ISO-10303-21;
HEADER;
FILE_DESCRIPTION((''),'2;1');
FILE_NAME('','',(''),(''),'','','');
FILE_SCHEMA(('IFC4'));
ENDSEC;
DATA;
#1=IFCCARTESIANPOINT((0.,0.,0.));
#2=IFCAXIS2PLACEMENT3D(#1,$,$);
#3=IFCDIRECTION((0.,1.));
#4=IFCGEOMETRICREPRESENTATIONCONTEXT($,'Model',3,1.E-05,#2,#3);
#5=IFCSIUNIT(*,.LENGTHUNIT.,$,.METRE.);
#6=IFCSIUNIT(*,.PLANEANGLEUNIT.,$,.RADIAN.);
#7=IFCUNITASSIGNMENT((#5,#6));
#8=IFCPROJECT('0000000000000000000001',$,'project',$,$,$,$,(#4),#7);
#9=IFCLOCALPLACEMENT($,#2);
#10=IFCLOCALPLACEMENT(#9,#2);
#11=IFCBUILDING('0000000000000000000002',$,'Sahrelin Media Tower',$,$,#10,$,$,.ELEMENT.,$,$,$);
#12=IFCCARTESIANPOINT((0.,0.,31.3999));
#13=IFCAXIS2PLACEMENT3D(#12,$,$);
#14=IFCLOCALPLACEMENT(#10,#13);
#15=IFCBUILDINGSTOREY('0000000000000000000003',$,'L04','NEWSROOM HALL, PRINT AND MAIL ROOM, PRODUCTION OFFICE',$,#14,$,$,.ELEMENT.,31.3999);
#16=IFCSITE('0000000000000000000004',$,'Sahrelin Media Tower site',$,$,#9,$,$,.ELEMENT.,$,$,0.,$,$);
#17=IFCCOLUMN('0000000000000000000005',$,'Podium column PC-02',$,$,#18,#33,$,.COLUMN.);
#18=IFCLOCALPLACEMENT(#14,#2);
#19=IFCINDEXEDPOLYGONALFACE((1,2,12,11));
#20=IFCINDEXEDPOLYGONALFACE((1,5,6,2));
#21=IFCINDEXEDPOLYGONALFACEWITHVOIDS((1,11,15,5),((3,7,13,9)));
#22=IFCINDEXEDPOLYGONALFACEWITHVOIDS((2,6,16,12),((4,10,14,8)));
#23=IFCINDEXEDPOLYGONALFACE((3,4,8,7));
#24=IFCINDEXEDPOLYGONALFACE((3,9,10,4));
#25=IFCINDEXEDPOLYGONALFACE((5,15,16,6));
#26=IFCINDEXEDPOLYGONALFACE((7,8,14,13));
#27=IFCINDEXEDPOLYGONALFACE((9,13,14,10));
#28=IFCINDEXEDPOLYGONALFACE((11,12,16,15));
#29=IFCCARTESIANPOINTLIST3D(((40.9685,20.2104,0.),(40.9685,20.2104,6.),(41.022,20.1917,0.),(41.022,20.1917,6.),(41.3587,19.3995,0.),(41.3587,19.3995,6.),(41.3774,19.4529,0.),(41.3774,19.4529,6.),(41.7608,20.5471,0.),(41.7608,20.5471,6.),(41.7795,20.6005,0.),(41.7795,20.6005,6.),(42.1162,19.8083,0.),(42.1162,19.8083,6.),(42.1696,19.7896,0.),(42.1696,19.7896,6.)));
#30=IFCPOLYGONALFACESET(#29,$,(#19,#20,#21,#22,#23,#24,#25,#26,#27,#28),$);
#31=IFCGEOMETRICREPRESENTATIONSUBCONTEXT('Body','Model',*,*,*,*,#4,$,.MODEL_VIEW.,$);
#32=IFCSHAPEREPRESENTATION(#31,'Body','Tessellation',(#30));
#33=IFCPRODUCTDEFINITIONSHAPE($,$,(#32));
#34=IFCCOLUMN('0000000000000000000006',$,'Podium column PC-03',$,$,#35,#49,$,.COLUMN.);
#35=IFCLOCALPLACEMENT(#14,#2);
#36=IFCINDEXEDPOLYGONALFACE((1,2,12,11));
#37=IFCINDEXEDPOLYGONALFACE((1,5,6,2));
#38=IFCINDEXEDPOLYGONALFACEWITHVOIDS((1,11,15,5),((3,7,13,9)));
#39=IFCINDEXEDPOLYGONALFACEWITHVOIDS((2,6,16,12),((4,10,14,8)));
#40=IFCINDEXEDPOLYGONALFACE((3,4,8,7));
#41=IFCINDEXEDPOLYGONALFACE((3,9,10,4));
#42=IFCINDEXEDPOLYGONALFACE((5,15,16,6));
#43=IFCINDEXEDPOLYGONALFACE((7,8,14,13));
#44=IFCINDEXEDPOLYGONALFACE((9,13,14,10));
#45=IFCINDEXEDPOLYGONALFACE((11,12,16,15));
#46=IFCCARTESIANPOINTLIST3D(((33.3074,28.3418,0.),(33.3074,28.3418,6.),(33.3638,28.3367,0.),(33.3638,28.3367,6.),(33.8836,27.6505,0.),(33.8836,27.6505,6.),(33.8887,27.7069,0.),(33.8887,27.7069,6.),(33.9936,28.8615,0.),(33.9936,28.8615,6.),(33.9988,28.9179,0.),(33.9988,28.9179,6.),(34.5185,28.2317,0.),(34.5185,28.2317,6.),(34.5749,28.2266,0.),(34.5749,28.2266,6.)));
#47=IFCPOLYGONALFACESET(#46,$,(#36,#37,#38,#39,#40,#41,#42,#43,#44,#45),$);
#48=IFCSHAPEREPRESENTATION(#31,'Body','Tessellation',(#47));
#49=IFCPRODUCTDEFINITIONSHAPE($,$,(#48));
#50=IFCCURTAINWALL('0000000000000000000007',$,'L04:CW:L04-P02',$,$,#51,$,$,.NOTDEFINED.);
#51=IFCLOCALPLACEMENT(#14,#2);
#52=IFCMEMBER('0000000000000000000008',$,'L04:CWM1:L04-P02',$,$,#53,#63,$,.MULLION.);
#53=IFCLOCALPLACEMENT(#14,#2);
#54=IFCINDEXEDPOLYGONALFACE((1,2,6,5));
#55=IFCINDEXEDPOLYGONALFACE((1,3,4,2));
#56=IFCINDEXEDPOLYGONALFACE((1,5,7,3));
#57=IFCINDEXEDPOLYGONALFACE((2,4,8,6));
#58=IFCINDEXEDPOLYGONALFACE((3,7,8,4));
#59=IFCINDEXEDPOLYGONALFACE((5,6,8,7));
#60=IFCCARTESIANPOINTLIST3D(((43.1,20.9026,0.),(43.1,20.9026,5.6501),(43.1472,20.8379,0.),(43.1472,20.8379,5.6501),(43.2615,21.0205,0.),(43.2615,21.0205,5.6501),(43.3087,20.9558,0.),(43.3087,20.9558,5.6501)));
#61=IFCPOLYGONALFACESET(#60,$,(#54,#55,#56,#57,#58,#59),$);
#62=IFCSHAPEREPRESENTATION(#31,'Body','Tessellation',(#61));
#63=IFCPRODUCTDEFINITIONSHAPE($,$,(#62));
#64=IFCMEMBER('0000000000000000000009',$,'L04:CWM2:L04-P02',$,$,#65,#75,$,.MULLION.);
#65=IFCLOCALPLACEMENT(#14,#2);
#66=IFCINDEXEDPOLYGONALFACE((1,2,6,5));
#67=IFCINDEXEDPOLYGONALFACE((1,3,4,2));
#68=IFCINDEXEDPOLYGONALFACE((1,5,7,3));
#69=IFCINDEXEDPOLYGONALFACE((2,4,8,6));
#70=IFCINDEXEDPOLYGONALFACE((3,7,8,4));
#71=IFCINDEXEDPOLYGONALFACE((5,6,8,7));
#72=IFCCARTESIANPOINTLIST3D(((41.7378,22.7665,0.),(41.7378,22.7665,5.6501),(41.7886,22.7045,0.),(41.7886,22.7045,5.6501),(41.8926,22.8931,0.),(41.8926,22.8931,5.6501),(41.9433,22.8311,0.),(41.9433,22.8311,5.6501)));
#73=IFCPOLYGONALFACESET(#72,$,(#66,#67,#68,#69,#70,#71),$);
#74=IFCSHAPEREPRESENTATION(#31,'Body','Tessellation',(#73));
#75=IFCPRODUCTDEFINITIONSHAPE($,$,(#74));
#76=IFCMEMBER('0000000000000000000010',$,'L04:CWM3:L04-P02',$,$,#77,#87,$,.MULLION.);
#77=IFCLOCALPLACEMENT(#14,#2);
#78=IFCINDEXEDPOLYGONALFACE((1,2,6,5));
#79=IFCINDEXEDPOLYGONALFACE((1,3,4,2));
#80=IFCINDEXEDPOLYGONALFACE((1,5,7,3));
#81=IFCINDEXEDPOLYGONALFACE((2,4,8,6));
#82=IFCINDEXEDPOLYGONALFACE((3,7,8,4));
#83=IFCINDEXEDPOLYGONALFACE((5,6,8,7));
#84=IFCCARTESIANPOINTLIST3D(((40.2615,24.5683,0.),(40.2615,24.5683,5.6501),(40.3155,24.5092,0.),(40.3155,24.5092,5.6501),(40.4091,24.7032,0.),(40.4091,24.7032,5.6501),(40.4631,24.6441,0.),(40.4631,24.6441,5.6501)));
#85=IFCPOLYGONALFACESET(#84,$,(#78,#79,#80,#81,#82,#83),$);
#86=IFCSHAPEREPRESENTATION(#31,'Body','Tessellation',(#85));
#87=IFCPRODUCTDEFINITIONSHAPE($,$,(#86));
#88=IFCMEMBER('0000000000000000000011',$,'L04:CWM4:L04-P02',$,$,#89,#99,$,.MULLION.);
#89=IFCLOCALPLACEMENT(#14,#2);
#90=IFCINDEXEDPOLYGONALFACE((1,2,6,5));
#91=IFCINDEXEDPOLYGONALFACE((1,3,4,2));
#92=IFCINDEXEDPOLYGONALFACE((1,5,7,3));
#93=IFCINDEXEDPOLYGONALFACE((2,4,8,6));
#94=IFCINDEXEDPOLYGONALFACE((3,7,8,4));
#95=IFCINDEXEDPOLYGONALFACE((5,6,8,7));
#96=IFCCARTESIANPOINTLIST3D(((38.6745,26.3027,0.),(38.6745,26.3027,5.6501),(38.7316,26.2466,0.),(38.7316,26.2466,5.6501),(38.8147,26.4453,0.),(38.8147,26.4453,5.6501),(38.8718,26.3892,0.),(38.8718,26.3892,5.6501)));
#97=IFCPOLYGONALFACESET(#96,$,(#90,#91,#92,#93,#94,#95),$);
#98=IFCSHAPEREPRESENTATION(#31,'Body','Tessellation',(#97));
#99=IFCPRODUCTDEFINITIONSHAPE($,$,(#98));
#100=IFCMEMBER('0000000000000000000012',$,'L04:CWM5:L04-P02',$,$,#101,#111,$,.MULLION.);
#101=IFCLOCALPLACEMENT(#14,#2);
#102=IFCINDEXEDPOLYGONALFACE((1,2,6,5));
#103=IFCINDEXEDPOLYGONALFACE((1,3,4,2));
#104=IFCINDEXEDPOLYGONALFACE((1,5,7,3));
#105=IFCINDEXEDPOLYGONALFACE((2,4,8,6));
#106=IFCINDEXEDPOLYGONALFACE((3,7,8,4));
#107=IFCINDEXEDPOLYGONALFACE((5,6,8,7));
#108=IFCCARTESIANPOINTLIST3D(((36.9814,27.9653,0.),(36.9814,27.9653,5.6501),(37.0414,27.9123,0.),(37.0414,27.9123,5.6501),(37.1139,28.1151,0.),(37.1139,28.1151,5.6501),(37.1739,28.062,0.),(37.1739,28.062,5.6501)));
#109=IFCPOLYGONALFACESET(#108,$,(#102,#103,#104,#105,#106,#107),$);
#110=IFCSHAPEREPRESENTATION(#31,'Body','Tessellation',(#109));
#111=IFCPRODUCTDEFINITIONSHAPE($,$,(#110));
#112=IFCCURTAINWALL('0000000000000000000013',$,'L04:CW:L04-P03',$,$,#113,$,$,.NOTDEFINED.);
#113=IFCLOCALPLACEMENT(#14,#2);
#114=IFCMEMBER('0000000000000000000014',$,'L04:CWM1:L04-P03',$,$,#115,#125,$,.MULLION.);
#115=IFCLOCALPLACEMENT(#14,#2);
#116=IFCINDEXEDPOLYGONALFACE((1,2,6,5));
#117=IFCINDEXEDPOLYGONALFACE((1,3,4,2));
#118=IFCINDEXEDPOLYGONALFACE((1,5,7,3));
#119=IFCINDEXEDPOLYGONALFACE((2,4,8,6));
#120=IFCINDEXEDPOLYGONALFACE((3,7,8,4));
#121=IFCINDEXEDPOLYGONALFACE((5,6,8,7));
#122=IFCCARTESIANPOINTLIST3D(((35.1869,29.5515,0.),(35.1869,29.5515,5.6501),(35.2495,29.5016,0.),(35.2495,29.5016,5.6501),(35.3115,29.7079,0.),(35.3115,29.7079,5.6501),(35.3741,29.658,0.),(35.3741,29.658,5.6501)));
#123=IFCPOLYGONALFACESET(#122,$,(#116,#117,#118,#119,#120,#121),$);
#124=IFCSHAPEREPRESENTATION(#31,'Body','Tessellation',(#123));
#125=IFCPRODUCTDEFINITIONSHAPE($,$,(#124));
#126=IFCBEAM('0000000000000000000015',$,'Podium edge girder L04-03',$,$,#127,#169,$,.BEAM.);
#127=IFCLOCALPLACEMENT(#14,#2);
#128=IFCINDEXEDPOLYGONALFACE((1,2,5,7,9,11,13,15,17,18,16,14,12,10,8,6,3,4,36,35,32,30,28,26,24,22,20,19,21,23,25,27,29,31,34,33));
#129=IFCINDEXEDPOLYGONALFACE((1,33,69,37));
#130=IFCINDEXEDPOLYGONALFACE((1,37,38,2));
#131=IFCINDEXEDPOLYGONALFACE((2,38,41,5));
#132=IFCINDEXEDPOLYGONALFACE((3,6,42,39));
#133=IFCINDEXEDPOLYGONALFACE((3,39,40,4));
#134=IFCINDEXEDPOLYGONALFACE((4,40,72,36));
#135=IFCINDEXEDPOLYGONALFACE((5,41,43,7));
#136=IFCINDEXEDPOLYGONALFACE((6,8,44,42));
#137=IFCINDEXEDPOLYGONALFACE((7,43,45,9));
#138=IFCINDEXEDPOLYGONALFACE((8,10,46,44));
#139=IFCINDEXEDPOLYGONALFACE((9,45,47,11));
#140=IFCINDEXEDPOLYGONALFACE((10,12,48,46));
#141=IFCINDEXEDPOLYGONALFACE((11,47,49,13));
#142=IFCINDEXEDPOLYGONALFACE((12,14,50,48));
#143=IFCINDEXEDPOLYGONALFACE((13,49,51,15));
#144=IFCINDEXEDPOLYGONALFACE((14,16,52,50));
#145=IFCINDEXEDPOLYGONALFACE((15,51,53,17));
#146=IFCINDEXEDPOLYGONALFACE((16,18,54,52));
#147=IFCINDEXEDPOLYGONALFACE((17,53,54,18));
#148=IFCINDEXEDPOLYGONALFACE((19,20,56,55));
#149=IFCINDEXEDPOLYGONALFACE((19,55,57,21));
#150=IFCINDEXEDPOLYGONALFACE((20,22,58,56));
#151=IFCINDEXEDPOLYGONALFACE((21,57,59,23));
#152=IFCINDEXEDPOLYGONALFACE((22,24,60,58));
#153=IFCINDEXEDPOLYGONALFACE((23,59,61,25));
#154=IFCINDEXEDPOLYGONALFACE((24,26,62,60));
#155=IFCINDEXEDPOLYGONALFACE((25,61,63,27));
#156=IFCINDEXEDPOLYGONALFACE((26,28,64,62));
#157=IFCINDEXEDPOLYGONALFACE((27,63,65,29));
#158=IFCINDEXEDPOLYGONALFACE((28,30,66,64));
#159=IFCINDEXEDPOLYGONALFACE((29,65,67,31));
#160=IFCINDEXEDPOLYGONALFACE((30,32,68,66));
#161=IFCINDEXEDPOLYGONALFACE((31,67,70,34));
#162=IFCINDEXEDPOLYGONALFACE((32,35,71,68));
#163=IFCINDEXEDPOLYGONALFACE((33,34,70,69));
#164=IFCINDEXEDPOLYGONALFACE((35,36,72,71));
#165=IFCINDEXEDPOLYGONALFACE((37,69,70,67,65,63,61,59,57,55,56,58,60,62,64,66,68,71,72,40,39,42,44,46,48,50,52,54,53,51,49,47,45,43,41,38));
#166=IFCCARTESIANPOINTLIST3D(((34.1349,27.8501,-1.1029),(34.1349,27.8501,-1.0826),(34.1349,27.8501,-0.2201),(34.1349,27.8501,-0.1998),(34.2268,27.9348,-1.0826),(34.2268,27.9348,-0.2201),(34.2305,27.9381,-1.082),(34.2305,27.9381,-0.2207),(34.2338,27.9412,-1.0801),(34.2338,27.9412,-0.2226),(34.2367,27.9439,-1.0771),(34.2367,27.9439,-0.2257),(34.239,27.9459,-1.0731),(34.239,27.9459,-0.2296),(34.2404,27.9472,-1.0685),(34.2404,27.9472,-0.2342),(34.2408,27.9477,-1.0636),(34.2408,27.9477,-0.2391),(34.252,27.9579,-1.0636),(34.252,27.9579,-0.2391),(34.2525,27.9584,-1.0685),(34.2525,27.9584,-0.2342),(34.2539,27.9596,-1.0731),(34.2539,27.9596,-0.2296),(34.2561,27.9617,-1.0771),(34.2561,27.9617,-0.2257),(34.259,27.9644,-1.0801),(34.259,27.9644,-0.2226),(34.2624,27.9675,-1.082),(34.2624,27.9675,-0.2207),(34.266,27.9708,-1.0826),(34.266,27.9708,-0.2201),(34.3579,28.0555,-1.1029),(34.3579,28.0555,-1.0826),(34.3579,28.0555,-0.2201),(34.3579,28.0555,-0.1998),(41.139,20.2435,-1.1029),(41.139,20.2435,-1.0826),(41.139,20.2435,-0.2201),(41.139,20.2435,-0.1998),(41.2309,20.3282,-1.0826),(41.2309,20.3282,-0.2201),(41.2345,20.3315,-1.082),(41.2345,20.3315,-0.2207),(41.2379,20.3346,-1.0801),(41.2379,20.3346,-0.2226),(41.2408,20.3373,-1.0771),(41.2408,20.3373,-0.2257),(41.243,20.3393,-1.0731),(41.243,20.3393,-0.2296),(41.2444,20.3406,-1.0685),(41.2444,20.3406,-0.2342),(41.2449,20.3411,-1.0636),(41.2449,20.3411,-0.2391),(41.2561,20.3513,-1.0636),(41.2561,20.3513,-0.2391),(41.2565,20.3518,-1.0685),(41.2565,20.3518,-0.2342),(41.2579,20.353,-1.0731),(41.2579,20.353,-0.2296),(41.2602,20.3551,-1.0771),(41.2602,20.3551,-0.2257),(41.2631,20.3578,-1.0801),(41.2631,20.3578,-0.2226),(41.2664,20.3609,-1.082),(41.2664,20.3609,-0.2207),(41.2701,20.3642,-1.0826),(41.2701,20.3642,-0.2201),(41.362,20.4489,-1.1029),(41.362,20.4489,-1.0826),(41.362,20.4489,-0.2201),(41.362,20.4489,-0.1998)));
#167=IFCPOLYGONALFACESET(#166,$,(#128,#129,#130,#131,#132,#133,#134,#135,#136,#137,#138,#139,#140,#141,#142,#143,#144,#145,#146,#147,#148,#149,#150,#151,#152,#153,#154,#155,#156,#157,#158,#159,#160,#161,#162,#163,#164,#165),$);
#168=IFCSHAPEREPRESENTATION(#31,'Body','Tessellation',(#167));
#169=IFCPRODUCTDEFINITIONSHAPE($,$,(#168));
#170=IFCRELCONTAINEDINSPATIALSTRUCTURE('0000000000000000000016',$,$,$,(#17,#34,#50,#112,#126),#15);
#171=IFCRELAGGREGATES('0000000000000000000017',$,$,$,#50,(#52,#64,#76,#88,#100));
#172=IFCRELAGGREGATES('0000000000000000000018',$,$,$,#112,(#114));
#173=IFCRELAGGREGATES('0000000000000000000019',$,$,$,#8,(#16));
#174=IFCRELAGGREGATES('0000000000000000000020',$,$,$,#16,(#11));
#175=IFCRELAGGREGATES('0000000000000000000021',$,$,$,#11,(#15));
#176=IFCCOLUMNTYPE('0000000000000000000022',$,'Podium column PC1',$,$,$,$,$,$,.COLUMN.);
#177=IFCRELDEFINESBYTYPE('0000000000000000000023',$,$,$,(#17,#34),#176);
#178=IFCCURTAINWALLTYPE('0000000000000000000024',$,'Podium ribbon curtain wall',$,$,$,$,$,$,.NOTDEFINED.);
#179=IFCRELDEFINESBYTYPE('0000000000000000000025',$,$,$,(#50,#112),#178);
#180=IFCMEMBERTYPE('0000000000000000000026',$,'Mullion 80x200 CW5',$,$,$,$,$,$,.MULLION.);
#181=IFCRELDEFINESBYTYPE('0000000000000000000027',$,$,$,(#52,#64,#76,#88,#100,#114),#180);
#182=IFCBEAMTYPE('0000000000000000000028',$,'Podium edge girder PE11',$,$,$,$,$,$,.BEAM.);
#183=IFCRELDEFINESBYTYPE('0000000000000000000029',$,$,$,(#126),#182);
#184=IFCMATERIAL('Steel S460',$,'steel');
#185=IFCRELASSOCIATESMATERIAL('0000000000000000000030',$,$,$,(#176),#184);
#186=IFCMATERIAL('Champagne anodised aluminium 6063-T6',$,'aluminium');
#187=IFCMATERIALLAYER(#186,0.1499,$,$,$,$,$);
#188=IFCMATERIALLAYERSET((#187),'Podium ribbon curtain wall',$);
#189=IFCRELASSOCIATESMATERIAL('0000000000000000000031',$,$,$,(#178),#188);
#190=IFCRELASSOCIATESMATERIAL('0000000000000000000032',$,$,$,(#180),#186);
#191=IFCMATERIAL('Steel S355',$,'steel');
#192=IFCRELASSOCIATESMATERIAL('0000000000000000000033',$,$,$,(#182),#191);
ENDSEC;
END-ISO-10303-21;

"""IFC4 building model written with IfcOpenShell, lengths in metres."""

from ifc_helpers import new_model, si_unit, direction, frame, origin, origin_2d, place, context, subcontext, project, spatial, rectangle, hollow_rectangle, i_section, extrude, material, layer, layer_set, material_profile, profile_set, type_object, element, aggregate, save


model = new_model("IFC4")

# Units and contexts
model_context = context("Model", 3, precision=1e-05, world=origin(), true_north=direction((0.0, 1.0)))
body_context = subcontext(model_context, "Body", "Model", "MODEL_VIEW")
ifc_project = project(units=[si_unit("LENGTHUNIT", "METRE"), si_unit("PLANEANGLEUNIT", "RADIAN")], contexts=[model_context])

# Site, building, storey
site_placement = place(None, origin())
site = spatial("IfcSite", under=ifc_project, at=site_placement, Name="Sahrelin Media Tower site", CompositionType="ELEMENT", RefElevation=0.0)
building_placement = place(site_placement, origin())
building = spatial("IfcBuilding", under=site, at=building_placement, Name="Sahrelin Media Tower", CompositionType="ELEMENT")
storey_placement = place(building_placement, frame((0.0, 0.0, 31.3999)))
storey = spatial("IfcBuildingStorey", under=building, at=storey_placement, Name="L04", Description="NEWSROOM HALL, PRINT AND MAIL ROOM, PRODUCTION OFFICE", CompositionType="ELEMENT", Elevation=31.3999)

# Columns
ifc_material_1 = material(Name="Steel S460", Category="steel")
ifc_material_profile_1 = material_profile(ifc_material_1, hollow_rectangle(XDim=0.8999, YDim=0.8999, WallThickness=0.04, at=origin_2d()), Name="Podium column PC1")
ifc_profile_set_1 = profile_set([ifc_material_profile_1], Name="Steel S460")
column_type = type_object("IfcColumnType", Name="Podium column PC1", PredefinedType="COLUMN", material=ifc_profile_set_1)
for number, where, z_axis, x_axis, name in (
    (1, (41.5691, 20.0, 0.0), (0.0, 0.0, 1.0), (0.901127, 0.433555, 0.0), "Podium column PC-02"),
    (2, (33.9412, 28.2842, 0.0), (0.0, 0.0, 1.0), (0.768221, 0.640185, 0.0), "Podium column PC-03"),
):
    element("IfcColumn", number, at=place(storey_placement, frame(where, z_axis=z_axis, x_axis=x_axis)), inside=storey, type_object=column_type, Name=name, PredefinedType="COLUMN", context=body_context, shape_type="SweptSolid", body=[
        extrude(hollow_rectangle(XDim=0.8999, YDim=0.8999, WallThickness=0.04, at=origin_2d()), origin(), (0.0, 0.0, 1.0), 6.0),
    ])

# Curtain wall, members
ifc_material_2 = material(Name="Champagne anodised aluminium 6063-T6", Category="aluminium")
ifc_layer_1 = layer(ifc_material_2, 0.1499)
ifc_layer_set_1 = layer_set([ifc_layer_1], Name="Podium ribbon curtain wall")
curtain_wall_type = type_object("IfcCurtainWallType", Name="Podium ribbon curtain wall", PredefinedType="NOTDEFINED", material=ifc_layer_set_1)
curtain_wall_1_placement = place(storey_placement, frame((43.3013, 21.0, 0.0), z_axis=(0.0, 0.0, 1.0), x_axis=(1.0, 0.0, 0.0)))
curtain_wall_1 = element("IfcCurtainWall", 3, at=curtain_wall_1_placement, inside=storey, type_object=curtain_wall_type, Name="L04:CW:L04-P02", PredefinedType="NOTDEFINED")
ifc_material_profile_2 = material_profile(ifc_material_2, rectangle(XDim=0.0801, YDim=0.2, at=origin_2d()), Name="Mullion 80x200")
ifc_profile_set_2 = profile_set([ifc_material_profile_2], Name="Champagne anodised aluminium 6063-T6")
member_type_1 = type_object("IfcMemberType", Name="Mullion 80x200 CW5", PredefinedType="MULLION", material=ifc_profile_set_2)
member_1_placement = place(storey_placement, frame((43.2043, 20.9292, 0.0), z_axis=(0.0, 0.0, 1.0), x_axis=(-0.589385, 0.807852, 0.0)))
member_1 = element("IfcMember", 4, at=member_1_placement, type_object=member_type_1, Name="L04:CWM1:L04-P02", PredefinedType="MULLION", context=body_context, shape_type="SweptSolid", body=[
    extrude(rectangle(XDim=0.0801, YDim=0.2, at=origin_2d()), origin(), (0.0, 0.0, 1.0), 5.6501),
])
member_2_placement = place(storey_placement, frame((41.8406, 22.7988, 0.0), z_axis=(0.0, 0.0, 1.0), x_axis=(-0.633235, 0.77396, 0.0)))
member_2 = element("IfcMember", 5, at=member_2_placement, type_object=member_type_1, Name="L04:CWM2:L04-P02", PredefinedType="MULLION", context=body_context, shape_type="SweptSolid", body=[
    extrude(rectangle(XDim=0.0801, YDim=0.2, at=origin_2d()), origin(), (0.0, 0.0, 1.0), 5.6501),
])
member_3_placement = place(storey_placement, frame((40.3623, 24.6062, 0.0), z_axis=(0.0, 0.0, 1.0), x_axis=(-0.67443, 0.738339, 0.0)))
member_3 = element("IfcMember", 6, at=member_3_placement, type_object=member_type_1, Name="L04:CWM3:L04-P02", PredefinedType="MULLION", context=body_context, shape_type="SweptSolid", body=[
    extrude(rectangle(XDim=0.0801, YDim=0.2, at=origin_2d()), origin(), (0.0, 0.0, 1.0), 5.6501),
])
member_4_placement = place(storey_placement, frame((38.7732, 26.3459, 0.0), z_axis=(0.0, 0.0, 1.0), x_axis=(-0.712974, 0.701191, 0.0)))
member_4 = element("IfcMember", 7, at=member_4_placement, type_object=member_type_1, Name="L04:CWM4:L04-P02", PredefinedType="MULLION", context=body_context, shape_type="SweptSolid", body=[
    extrude(rectangle(XDim=0.0801, YDim=0.2, at=origin_2d()), origin(), (0.0, 0.0, 1.0), 5.6501),
])
member_5_placement = place(storey_placement, frame((37.0776, 28.0137, 0.0), z_axis=(0.0, 0.0, 1.0), x_axis=(-0.748788, 0.66281, 0.0)))
member_5 = element("IfcMember", 8, at=member_5_placement, type_object=member_type_1, Name="L04:CWM5:L04-P02", PredefinedType="MULLION", context=body_context, shape_type="SweptSolid", body=[
    extrude(rectangle(XDim=0.0801, YDim=0.2, at=origin_2d()), origin(), (0.0, 0.0, 1.0), 5.6501),
])

# Curtain wall, member
curtain_wall_2_placement = place(storey_placement, frame((35.3552, 29.6985, 0.0), z_axis=(0.0, 0.0, 1.0), x_axis=(1.0, 0.0, 0.0)))
curtain_wall_2 = element("IfcCurtainWall", 9, at=curtain_wall_2_placement, inside=storey, type_object=curtain_wall_type, Name="L04:CW:L04-P03", PredefinedType="NOTDEFINED")
member_6_placement = place(storey_placement, frame((35.2805, 29.6047, 0.0), z_axis=(0.0, 0.0, 1.0), x_axis=(-0.78196, 0.623328, 0.0)))
member_6 = element("IfcMember", 10, at=member_6_placement, type_object=member_type_1, Name="L04:CWM1:L04-P03", PredefinedType="MULLION", context=body_context, shape_type="SweptSolid", body=[
    extrude(rectangle(XDim=0.0801, YDim=0.2, at=origin_2d()), origin(), (0.0, 0.0, 1.0), 5.6501),
])

# Beam
ifc_material_3 = material(Name="Steel S355", Category="steel")
ifc_material_profile_3 = material_profile(ifc_material_3, i_section(OverallWidth=0.3032, OverallDepth=0.9031, WebThickness=0.0151, FlangeThickness=0.0203, FilletRadius=0.019, at=origin_2d()), Name="UB 914x305x201")
ifc_profile_set_3 = profile_set([ifc_material_profile_3], Name="Steel S355")
beam_type = type_object("IfcBeamType", Name="Podium edge girder PE11", PredefinedType="BEAM", material=ifc_profile_set_3)
beam_1_placement = place(storey_placement, frame((41.2505, 20.3462, -0.6514), z_axis=(-0.677371, 0.735642, 0.0), x_axis=(-0.735642, -0.677371, 0.0)))
element("IfcBeam", 11, at=beam_1_placement, inside=storey, type_object=beam_type, Name="Podium edge girder L04-03", PredefinedType="BEAM", context=body_context, shape_type="SweptSolid", body=[
    extrude(i_section(OverallWidth=0.3032, OverallDepth=0.9031, WebThickness=0.0151, FlangeThickness=0.0203, FilletRadius=0.019, at=origin_2d()), origin(), (0.0, 0.0, 1.0), 10.3401),
])

aggregate(curtain_wall_1, [member_1, member_2, member_3, member_4, member_5])
aggregate(curtain_wall_2, [member_6])

save(model, "model.ifc")
